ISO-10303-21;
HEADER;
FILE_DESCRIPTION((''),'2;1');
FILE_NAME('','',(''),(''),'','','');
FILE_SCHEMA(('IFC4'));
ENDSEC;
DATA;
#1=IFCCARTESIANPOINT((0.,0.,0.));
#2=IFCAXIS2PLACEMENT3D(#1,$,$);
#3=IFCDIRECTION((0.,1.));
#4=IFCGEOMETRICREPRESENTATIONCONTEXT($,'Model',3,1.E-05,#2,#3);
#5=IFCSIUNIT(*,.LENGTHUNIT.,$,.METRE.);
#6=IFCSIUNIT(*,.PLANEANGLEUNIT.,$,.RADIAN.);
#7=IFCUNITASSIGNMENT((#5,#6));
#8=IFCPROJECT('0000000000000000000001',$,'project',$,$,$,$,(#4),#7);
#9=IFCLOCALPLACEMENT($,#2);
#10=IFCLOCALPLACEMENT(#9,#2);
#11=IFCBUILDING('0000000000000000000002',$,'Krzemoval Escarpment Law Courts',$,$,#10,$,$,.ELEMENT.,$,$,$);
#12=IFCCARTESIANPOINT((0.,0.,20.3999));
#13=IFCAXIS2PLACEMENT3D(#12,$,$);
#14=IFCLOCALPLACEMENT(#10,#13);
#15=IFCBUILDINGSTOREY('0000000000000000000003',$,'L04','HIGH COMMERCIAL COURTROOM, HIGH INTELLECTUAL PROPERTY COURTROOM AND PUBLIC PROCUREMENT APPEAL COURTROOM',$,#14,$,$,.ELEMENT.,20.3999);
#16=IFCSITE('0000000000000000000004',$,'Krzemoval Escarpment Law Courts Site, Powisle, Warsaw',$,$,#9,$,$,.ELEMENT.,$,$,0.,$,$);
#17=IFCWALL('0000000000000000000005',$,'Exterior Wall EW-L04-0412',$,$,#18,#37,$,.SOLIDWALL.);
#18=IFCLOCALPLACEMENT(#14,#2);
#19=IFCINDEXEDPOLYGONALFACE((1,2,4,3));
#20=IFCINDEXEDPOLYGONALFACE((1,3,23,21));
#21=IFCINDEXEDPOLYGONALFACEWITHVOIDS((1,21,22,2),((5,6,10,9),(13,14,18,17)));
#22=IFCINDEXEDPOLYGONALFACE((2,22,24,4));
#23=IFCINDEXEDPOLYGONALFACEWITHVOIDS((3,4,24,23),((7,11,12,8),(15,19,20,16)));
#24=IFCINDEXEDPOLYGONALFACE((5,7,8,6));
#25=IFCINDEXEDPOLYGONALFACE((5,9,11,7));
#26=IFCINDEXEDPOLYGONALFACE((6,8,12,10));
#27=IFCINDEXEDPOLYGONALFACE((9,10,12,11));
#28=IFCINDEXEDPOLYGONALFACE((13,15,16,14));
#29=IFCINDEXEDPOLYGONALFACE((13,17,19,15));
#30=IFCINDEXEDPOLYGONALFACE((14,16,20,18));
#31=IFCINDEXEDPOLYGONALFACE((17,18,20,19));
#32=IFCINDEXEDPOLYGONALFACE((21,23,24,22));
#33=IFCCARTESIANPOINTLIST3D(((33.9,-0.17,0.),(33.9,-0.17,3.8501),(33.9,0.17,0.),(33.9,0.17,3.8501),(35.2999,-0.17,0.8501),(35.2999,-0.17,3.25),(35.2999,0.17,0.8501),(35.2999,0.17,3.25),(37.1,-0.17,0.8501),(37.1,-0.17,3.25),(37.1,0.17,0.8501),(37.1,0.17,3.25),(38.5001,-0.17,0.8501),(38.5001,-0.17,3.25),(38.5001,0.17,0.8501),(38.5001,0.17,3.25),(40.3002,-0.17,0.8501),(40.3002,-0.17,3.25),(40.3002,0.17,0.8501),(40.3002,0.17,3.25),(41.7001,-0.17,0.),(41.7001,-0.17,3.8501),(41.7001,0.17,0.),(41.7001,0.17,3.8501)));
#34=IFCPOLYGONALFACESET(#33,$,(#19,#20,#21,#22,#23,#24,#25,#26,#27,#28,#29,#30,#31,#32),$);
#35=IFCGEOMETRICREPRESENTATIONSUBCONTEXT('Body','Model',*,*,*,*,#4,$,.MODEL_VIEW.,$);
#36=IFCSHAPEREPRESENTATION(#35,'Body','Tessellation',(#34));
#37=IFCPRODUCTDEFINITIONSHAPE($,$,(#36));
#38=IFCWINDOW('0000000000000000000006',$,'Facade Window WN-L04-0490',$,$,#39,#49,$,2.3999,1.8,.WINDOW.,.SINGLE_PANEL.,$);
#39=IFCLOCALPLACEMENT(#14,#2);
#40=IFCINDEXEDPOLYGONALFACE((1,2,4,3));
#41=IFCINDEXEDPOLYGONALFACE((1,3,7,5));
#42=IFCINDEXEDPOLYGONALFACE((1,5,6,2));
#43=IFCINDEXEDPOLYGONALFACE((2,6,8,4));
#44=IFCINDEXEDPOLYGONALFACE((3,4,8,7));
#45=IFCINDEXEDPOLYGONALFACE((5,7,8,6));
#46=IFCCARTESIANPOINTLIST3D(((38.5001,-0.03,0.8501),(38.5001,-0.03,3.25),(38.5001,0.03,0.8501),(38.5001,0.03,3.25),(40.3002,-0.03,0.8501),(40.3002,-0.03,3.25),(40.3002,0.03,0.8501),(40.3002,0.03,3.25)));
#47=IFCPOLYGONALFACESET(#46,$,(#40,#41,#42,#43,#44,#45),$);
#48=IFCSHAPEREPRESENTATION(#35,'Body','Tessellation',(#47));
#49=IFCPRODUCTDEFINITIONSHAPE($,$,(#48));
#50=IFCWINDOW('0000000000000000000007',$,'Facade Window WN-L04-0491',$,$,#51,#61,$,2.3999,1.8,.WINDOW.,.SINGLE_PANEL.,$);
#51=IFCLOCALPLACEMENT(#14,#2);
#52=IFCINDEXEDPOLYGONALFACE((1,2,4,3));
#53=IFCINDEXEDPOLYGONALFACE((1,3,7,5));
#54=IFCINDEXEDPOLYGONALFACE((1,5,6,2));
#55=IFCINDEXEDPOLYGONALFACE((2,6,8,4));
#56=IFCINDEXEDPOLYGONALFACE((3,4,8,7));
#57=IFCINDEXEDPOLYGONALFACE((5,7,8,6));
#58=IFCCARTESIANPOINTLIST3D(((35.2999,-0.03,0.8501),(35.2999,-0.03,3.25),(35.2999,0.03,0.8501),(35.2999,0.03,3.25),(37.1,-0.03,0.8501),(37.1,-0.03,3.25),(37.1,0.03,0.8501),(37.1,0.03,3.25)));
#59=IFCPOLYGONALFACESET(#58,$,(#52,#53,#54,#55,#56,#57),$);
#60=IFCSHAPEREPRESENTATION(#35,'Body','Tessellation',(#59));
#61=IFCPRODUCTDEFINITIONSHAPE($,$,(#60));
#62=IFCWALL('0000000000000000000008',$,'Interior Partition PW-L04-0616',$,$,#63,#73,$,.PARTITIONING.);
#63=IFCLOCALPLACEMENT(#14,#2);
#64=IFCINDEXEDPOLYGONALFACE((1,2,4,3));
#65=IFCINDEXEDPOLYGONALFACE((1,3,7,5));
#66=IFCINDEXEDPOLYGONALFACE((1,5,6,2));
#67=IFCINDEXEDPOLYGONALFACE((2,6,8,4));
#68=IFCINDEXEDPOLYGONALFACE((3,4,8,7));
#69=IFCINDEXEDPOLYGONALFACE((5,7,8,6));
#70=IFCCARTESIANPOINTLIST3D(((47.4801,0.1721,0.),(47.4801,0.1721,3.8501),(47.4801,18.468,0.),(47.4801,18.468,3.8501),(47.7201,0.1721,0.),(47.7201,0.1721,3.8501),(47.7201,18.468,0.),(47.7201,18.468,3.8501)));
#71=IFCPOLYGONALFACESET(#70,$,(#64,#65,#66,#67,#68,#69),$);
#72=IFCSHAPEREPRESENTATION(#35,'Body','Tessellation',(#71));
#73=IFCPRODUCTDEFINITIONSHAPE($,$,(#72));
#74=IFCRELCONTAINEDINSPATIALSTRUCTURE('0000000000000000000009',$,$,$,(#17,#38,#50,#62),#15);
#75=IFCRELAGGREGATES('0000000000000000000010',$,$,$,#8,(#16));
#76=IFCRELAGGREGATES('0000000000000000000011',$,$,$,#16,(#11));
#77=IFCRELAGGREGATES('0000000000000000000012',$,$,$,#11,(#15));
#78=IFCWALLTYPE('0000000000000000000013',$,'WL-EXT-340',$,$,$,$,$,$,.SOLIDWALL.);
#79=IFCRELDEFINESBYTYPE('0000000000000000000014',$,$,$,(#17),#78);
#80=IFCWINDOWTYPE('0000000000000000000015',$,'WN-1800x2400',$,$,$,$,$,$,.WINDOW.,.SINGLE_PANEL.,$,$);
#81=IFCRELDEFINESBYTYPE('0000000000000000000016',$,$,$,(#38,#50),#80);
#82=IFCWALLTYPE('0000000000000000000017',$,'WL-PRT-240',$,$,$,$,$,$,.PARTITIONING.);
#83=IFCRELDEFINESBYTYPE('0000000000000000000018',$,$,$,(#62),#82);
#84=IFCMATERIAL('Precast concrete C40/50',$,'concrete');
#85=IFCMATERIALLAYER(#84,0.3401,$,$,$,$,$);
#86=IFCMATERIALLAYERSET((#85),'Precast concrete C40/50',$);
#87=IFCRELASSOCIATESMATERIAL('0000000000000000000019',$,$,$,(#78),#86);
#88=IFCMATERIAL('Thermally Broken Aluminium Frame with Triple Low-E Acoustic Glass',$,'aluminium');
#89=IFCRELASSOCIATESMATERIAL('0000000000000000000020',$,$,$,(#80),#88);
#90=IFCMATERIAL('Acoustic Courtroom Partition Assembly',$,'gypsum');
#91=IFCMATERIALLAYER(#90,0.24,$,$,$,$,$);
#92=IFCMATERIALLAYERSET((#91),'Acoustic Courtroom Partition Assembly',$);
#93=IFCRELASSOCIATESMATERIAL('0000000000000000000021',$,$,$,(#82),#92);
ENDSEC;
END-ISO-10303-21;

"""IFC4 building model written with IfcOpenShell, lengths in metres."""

from ifc_helpers import new_model, si_unit, direction, frame, frame_2d, origin, place, context, subcontext, project, spatial, rectangle, extrude, material, layer, layer_set, type_object, element, fill, save


model = new_model("IFC4")

# Units and contexts
model_context = context("Model", 3, precision=1e-05, world=origin(), true_north=direction((0.0, 1.0)))
body_context = subcontext(model_context, "Body", "Model", "MODEL_VIEW")
ifc_project = project(units=[si_unit("LENGTHUNIT", "METRE"), si_unit("PLANEANGLEUNIT", "RADIAN")], contexts=[model_context])

# Site, building, storey
site_placement = place(None, origin())
site = spatial("IfcSite", under=ifc_project, at=site_placement, Name="Krzemoval Escarpment Law Courts Site, Powisle, Warsaw", CompositionType="ELEMENT", RefElevation=0.0)
building_placement = place(site_placement, origin())
building = spatial("IfcBuilding", under=site, at=building_placement, Name="Krzemoval Escarpment Law Courts", CompositionType="ELEMENT")
storey_placement = place(building_placement, frame((0.0, 0.0, 20.3999)))
storey = spatial("IfcBuildingStorey", under=building, at=storey_placement, Name="L04", Description="HIGH COMMERCIAL COURTROOM, HIGH INTELLECTUAL PROPERTY COURTROOM AND PUBLIC PROCUREMENT APPEAL COURTROOM", CompositionType="ELEMENT", Elevation=20.3999)

# Shared definitions
ifc_material_1 = material(Name="Precast concrete C40/50", Category="concrete")
ifc_layer_1 = layer(ifc_material_1, 0.3401)
ifc_layer_set_1 = layer_set([ifc_layer_1], Name="Precast concrete C40/50")
wall_type_1 = type_object("IfcWallType", Name="WL-EXT-340", PredefinedType="SOLIDWALL", material=ifc_layer_set_1)
ifc_material_2 = material(Name="Thermally Broken Aluminium Frame with Triple Low-E Acoustic Glass", Category="aluminium")
window_type_1 = type_object("IfcWindowType", Name="WN-1800x2400", PartitioningType="SINGLE_PANEL", PredefinedType="WINDOW", material=ifc_material_2)

# Wall, openings, windows
wall_1_placement = place(storey_placement, frame((41.7, 0.0, 0.0), z_axis=(0.0, 0.0, 1.0), x_axis=(-1.0, 0.0, 0.0)))
wall_1 = element("IfcWall", 1, at=wall_1_placement, inside=storey, type_object=wall_type_1, Name="Exterior Wall EW-L04-0412", PredefinedType="SOLIDWALL", context=body_context, shape_type="SweptSolid", body=[
    extrude(rectangle(XDim=7.8, YDim=0.3401, at=frame_2d((3.8999, 0.0))), origin(), (0.0, 0.0, 1.0), 3.8501),
])
opening_1_placement = place(wall_1_placement, frame((1.3999, 0.0, 0.8501)))
opening_1 = element("IfcOpeningElement", 2, at=opening_1_placement, cuts=wall_1, PredefinedType="OPENING", context=body_context, shape_type="SweptSolid", body=[
    extrude(rectangle(XDim=1.8, YDim=2.3999, at=frame_2d((0.8999, 1.2))), frame((0.0, 0.185, 0.0), z_axis=(0.0, -1.0, 0.0), x_axis=(1.0, 0.0, 0.0)), (0.0, 0.0, 1.0), 0.3701),
])
opening_2_placement = place(wall_1_placement, frame((4.6001, 0.0, 0.8501)))
opening_2 = element("IfcOpeningElement", 3, at=opening_2_placement, cuts=wall_1, PredefinedType="OPENING", context=body_context, shape_type="SweptSolid", body=[
    extrude(rectangle(XDim=1.8, YDim=2.3999, at=frame_2d((0.8999, 1.2))), frame((0.0, 0.185, 0.0), z_axis=(0.0, -1.0, 0.0), x_axis=(1.0, 0.0, 0.0)), (0.0, 0.0, 1.0), 0.3701),
])
window_1_placement = place(opening_1_placement, origin())
window_1 = element("IfcWindow", 4, at=window_1_placement, inside=storey, type_object=window_type_1, Name="Facade Window WN-L04-0490", OverallHeight=2.3999, OverallWidth=1.8, PartitioningType="SINGLE_PANEL", PredefinedType="WINDOW", context=body_context, shape_type="SweptSolid", body=[
    extrude(rectangle(XDim=1.8, YDim=2.3999, at=frame_2d((0.8999, 1.2))), frame((0.0, 0.03, 0.0), z_axis=(0.0, -1.0, 0.0), x_axis=(1.0, 0.0, 0.0)), (0.0, 0.0, 1.0), 0.0601),
])
fill(opening_1, window_1)
window_2_placement = place(opening_2_placement, origin())
window_2 = element("IfcWindow", 5, at=window_2_placement, inside=storey, type_object=window_type_1, Name="Facade Window WN-L04-0491", OverallHeight=2.3999, OverallWidth=1.8, PartitioningType="SINGLE_PANEL", PredefinedType="WINDOW", context=body_context, shape_type="SweptSolid", body=[
    extrude(rectangle(XDim=1.8, YDim=2.3999, at=frame_2d((0.8999, 1.2))), frame((0.0, 0.03, 0.0), z_axis=(0.0, -1.0, 0.0), x_axis=(1.0, 0.0, 0.0)), (0.0, 0.0, 1.0), 0.0601),
])
fill(opening_2, window_2)

# Wall
ifc_material_3 = material(Name="Acoustic Courtroom Partition Assembly", Category="gypsum")
ifc_layer_2 = layer(ifc_material_3, 0.24)
ifc_layer_set_2 = layer_set([ifc_layer_2], Name="Acoustic Courtroom Partition Assembly")
wall_type_2 = type_object("IfcWallType", Name="WL-PRT-240", PredefinedType="PARTITIONING", material=ifc_layer_set_2)
wall_2_placement = place(storey_placement, frame((47.6001, 0.1721, 0.0), z_axis=(0.0, 0.0, 1.0), x_axis=(0.0, 1.0, 0.0)))
element("IfcWall", 6, at=wall_2_placement, inside=storey, type_object=wall_type_2, Name="Interior Partition PW-L04-0616", PredefinedType="PARTITIONING", context=body_context, shape_type="SweptSolid", body=[
    extrude(rectangle(XDim=18.2959, YDim=0.24, at=frame_2d((9.1479, 0.0))), origin(), (0.0, 0.0, 1.0), 3.8501),
])

save(model, "model.ifc")
